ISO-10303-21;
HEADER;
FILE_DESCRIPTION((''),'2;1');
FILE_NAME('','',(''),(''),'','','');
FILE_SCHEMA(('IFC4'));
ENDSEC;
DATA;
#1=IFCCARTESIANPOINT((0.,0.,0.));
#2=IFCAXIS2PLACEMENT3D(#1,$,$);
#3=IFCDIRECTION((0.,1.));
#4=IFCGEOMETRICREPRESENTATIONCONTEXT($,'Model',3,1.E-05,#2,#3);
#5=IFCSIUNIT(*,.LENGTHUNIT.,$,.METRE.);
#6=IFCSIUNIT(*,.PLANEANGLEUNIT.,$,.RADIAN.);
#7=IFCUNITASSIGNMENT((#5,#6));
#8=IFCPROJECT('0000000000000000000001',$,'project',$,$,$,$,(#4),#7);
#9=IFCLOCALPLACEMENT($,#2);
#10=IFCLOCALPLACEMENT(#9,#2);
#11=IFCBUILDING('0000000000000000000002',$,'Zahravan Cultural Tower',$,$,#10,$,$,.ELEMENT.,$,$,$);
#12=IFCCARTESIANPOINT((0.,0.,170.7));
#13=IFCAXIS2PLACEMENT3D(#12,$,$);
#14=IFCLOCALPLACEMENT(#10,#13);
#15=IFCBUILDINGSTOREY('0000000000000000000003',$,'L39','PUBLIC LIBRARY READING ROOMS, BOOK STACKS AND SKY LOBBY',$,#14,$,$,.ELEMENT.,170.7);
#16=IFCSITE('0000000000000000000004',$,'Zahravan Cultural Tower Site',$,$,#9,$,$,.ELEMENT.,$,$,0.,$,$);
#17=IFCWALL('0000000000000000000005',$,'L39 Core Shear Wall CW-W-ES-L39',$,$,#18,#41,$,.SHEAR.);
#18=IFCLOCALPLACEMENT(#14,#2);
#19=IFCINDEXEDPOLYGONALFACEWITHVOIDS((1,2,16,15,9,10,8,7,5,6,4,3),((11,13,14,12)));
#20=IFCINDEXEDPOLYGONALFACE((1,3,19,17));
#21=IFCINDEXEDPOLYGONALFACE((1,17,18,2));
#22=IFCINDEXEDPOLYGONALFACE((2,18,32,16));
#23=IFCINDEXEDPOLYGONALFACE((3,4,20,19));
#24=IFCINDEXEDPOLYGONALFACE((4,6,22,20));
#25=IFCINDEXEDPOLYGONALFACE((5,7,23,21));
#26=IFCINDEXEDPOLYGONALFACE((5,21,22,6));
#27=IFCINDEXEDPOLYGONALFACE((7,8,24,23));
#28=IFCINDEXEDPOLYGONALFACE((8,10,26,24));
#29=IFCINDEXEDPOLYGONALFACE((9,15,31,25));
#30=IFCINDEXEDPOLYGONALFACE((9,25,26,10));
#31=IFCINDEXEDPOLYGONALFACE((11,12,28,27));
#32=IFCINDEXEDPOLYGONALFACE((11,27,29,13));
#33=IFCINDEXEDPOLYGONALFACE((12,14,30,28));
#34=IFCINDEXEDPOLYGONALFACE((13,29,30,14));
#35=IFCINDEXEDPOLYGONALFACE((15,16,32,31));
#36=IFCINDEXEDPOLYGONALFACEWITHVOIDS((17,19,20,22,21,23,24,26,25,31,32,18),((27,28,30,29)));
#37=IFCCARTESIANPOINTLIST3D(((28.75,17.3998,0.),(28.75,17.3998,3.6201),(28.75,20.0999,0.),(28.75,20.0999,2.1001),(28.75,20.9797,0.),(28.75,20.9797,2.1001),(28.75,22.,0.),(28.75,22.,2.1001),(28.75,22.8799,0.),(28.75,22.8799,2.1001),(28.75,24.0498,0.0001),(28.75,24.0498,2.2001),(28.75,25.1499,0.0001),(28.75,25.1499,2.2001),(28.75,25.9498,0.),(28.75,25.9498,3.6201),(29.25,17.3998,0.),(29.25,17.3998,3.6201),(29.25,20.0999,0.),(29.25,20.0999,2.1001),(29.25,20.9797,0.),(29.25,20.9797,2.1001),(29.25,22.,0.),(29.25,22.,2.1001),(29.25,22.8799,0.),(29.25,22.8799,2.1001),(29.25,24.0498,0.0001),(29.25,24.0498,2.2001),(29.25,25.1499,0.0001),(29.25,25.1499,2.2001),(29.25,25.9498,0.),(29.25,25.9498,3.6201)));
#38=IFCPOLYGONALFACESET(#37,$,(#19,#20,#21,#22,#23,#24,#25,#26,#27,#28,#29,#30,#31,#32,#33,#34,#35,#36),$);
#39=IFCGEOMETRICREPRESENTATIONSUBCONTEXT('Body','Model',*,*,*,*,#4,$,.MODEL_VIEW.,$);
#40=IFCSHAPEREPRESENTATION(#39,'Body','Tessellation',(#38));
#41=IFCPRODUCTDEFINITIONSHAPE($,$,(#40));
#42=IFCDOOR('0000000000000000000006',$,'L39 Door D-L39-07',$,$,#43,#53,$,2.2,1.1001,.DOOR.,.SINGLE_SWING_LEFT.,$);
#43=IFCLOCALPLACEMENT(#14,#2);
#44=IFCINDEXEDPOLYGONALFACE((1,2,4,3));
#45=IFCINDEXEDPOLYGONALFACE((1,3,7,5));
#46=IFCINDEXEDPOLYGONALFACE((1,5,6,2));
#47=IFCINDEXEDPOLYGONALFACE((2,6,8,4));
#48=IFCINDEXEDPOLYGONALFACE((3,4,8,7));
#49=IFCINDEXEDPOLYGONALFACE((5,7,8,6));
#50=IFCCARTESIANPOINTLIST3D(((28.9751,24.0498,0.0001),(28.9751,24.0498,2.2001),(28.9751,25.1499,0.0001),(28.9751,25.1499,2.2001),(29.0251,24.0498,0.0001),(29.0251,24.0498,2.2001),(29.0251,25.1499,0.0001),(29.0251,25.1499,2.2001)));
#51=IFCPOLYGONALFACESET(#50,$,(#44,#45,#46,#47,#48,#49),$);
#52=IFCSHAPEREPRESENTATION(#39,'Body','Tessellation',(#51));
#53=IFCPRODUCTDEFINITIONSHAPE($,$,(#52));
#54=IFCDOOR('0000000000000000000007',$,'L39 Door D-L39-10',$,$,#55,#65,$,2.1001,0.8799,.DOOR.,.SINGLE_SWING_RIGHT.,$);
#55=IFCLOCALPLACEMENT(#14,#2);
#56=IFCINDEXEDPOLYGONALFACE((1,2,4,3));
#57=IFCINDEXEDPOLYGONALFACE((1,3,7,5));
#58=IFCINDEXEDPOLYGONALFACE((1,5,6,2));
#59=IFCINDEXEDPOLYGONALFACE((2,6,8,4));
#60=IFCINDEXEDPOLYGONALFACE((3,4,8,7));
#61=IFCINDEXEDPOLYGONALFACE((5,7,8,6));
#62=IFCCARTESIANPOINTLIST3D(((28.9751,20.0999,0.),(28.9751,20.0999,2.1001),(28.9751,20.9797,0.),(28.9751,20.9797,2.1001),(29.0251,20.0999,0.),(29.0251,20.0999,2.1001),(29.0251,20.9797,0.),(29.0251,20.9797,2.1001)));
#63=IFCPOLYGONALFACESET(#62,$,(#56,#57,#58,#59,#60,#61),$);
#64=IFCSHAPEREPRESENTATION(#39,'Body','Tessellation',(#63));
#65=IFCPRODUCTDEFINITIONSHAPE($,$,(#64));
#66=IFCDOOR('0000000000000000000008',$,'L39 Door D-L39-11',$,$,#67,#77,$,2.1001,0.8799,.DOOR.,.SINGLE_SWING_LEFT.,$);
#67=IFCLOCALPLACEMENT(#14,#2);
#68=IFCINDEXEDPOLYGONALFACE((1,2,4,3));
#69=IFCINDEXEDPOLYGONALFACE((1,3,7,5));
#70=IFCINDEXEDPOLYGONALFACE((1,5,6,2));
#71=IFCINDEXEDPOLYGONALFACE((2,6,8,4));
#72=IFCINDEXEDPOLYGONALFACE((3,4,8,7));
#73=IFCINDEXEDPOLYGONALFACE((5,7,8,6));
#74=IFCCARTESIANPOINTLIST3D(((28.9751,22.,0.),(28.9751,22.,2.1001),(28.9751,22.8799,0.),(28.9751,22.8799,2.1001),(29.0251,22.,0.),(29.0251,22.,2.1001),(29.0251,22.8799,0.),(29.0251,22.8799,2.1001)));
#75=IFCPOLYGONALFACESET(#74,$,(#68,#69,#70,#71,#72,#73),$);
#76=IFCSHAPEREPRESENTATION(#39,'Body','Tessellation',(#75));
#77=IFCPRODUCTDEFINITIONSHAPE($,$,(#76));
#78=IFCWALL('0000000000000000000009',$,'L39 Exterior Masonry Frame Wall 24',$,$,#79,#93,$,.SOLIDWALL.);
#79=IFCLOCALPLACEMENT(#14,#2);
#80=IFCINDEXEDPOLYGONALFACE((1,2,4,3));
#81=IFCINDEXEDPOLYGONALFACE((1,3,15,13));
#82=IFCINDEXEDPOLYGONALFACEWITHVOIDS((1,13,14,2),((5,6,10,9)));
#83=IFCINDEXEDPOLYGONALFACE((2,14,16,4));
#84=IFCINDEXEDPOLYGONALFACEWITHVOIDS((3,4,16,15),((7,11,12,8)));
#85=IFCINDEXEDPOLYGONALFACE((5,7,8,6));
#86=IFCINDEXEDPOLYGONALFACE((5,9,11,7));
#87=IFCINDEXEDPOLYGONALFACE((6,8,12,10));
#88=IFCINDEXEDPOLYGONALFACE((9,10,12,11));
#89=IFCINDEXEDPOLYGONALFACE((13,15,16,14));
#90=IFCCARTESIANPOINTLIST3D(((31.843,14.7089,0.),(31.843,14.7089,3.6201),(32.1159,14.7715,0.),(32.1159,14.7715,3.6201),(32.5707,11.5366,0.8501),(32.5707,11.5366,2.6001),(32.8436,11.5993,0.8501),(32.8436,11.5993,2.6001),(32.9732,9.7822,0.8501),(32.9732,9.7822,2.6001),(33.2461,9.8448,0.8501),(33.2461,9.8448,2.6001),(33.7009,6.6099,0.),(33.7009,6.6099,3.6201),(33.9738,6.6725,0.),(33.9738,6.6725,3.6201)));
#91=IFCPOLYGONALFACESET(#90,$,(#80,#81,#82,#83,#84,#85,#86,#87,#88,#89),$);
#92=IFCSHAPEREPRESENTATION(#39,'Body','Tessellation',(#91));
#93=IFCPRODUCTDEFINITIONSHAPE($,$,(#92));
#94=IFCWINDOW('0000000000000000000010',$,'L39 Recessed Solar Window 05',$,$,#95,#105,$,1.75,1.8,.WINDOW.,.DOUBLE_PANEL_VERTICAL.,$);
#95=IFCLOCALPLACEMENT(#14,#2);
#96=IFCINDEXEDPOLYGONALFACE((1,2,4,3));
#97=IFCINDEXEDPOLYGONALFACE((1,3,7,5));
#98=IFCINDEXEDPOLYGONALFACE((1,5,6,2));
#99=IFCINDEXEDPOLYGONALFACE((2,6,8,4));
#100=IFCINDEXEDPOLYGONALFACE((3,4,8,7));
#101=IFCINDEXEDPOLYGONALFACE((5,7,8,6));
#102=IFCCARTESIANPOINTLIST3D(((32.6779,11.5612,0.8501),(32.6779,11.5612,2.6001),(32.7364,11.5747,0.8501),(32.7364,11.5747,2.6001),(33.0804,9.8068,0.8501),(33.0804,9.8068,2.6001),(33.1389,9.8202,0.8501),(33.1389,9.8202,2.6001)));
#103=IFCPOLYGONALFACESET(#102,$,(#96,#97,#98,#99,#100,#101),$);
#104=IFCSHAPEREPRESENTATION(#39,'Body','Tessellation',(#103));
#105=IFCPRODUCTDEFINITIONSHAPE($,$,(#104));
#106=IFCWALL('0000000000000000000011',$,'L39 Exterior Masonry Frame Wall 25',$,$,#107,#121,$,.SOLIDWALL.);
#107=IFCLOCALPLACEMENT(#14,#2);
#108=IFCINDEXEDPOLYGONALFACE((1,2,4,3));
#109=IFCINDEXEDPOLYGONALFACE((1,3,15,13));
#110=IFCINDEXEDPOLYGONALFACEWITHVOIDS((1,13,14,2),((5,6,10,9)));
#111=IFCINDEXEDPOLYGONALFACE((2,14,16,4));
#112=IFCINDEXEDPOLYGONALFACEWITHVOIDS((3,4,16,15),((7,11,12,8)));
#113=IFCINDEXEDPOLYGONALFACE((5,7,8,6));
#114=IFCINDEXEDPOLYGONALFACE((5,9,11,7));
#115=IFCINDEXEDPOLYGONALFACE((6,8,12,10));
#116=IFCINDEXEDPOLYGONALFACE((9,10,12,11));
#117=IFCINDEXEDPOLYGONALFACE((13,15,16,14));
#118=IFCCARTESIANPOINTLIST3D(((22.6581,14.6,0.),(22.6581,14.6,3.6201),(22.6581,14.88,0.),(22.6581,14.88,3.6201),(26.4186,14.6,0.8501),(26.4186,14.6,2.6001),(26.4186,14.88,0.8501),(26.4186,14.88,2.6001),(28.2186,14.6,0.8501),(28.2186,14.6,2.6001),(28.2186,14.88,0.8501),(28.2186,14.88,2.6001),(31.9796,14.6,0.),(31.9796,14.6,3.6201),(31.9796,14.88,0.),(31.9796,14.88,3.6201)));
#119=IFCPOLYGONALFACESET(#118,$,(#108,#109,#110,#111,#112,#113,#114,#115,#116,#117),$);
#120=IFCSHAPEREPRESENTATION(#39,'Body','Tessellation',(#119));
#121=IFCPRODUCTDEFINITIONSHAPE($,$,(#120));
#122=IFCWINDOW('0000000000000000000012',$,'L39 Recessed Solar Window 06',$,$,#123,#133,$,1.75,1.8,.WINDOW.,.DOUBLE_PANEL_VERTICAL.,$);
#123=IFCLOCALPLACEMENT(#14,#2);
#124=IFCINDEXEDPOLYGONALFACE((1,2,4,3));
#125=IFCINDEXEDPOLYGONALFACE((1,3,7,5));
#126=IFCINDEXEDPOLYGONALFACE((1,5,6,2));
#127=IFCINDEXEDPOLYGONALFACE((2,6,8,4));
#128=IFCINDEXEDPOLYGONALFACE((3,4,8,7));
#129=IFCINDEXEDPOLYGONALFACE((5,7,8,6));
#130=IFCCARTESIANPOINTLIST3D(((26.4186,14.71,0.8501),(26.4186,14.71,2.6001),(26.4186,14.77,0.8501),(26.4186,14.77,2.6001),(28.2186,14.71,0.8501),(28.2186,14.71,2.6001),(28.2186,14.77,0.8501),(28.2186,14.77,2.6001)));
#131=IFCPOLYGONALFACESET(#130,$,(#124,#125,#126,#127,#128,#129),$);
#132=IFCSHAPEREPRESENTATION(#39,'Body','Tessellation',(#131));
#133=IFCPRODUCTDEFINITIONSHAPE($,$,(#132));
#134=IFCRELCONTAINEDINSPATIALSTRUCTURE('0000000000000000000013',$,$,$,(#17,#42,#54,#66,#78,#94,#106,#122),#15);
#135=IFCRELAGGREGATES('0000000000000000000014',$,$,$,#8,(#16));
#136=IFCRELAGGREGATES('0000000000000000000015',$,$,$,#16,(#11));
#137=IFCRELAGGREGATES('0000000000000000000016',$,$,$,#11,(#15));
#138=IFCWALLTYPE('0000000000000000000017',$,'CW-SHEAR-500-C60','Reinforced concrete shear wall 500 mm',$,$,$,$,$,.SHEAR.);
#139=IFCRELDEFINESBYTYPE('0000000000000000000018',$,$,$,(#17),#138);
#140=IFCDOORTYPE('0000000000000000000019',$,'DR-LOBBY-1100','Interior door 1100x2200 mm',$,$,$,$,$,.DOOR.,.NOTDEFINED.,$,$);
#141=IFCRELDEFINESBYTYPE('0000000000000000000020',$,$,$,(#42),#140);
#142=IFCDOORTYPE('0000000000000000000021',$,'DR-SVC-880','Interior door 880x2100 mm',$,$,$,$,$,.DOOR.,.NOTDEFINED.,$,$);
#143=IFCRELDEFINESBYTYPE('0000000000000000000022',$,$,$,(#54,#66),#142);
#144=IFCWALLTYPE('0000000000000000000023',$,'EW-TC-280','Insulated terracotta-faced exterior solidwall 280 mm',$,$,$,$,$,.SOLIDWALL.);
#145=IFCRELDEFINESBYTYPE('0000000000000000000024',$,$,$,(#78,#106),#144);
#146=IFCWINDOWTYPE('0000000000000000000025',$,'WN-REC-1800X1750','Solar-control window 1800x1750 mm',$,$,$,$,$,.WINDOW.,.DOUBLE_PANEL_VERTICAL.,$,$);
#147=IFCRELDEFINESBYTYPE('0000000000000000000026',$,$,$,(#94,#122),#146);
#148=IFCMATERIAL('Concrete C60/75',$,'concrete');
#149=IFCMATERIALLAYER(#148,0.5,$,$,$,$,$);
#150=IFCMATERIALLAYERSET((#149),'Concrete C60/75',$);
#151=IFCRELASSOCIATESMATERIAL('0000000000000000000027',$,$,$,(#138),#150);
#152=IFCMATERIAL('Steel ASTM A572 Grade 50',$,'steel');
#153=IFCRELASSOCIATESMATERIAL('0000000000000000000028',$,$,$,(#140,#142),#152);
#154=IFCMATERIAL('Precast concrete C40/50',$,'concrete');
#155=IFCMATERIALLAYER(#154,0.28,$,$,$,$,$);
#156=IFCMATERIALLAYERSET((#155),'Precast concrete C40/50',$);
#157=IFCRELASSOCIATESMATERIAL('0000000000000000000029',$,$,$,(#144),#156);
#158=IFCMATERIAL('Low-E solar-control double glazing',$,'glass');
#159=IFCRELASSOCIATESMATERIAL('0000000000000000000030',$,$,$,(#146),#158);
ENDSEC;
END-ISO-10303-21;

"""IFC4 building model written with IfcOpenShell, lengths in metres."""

from ifc_helpers import new_model, si_unit, direction, frame, frame_2d, origin, place, context, subcontext, project, spatial, rectangle, extrude, source, transform, mapped, material, layer, layer_set, type_object, element, fill, save


model = new_model("IFC4")

# Units and contexts
model_context = context("Model", 3, precision=1e-05, world=origin(), true_north=direction((0.0, 1.0)))
body_context = subcontext(model_context, "Body", "Model", "MODEL_VIEW")
ifc_project = project(units=[si_unit("LENGTHUNIT", "METRE"), si_unit("PLANEANGLEUNIT", "RADIAN")], contexts=[model_context])

# Site, building, storey
site_placement = place(None, origin())
site = spatial("IfcSite", under=ifc_project, at=site_placement, Name="Zahravan Cultural Tower Site", CompositionType="ELEMENT", RefElevation=0.0)
building_placement = place(site_placement, origin())
building = spatial("IfcBuilding", under=site, at=building_placement, Name="Zahravan Cultural Tower", CompositionType="ELEMENT")
storey_placement = place(building_placement, frame((0.0, 0.0, 170.7)))
storey = spatial("IfcBuildingStorey", under=building, at=storey_placement, Name="L39", Description="PUBLIC LIBRARY READING ROOMS, BOOK STACKS AND SKY LOBBY", CompositionType="ELEMENT", Elevation=170.7)

# Wall, openings, doors
ifc_material_1 = material(Name="Concrete C60/75", Category="concrete")
ifc_layer_1 = layer(ifc_material_1, 0.5)
ifc_layer_set_1 = layer_set([ifc_layer_1], Name="Concrete C60/75")
wall_type_1 = type_object("IfcWallType", Name="CW-SHEAR-500-C60", Description="Reinforced concrete shear wall 500 mm", PredefinedType="SHEAR", material=ifc_layer_set_1)
wall_1_placement = place(storey_placement, frame((29.0, 17.3999, 0.0), z_axis=(0.0, 0.0, 1.0), x_axis=(0.0, 1.0, 0.0)))
wall_1 = element("IfcWall", 1, at=wall_1_placement, inside=storey, type_object=wall_type_1, Name="L39 Core Shear Wall CW-W-ES-L39", PredefinedType="SHEAR", context=body_context, shape_type="SweptSolid", body=[
    extrude(rectangle(XDim=8.55, YDim=0.5, at=frame_2d((4.2749, 0.0))), origin(), (0.0, 0.0, 1.0), 3.6201),
])
opening_1_placement = place(wall_1_placement, frame((6.6499, 0.0, 0.0)))
opening_1 = element("IfcOpeningElement", 2, at=opening_1_placement, cuts=wall_1, PredefinedType="OPENING", context=body_context, shape_type="SweptSolid", body=[
    extrude(rectangle(XDim=1.1001, YDim=2.2, at=frame_2d((0.55, 1.1001))), frame((0.0, 0.26, 0.0), z_axis=(0.0, -1.0, 0.0), x_axis=(1.0, 0.0, 0.0)), (0.0, 0.0, 1.0), 0.52),
])
opening_2_placement = place(wall_1_placement, frame((2.7, 0.0, 0.0)))
opening_2 = element("IfcOpeningElement", 3, at=opening_2_placement, cuts=wall_1, PredefinedType="OPENING", context=body_context, shape_type="SweptSolid", body=[
    extrude(rectangle(XDim=0.8799, YDim=2.1001, at=frame_2d((0.4399, 1.05))), frame((0.0, 0.26, 0.0), z_axis=(0.0, -1.0, 0.0), x_axis=(1.0, 0.0, 0.0)), (0.0, 0.0, 1.0), 0.52),
])
opening_3_placement = place(wall_1_placement, frame((4.6001, 0.0, 0.0)))
opening_3 = element("IfcOpeningElement", 4, at=opening_3_placement, cuts=wall_1, PredefinedType="OPENING", context=body_context, shape_type="SweptSolid", body=[
    extrude(rectangle(XDim=0.8799, YDim=2.1001, at=frame_2d((0.4399, 1.05))), frame((0.0, 0.26, 0.0), z_axis=(0.0, -1.0, 0.0), x_axis=(1.0, 0.0, 0.0)), (0.0, 0.0, 1.0), 0.52),
])
ifc_material_2 = material(Name="Steel ASTM A572 Grade 50", Category="steel")
door_type_1 = type_object("IfcDoorType", Name="DR-LOBBY-1100", Description="Interior door 1100x2200 mm", OperationType="NOTDEFINED", PredefinedType="DOOR", material=ifc_material_2)
shared_shape_1 = source(origin(), body_context, "Body", "SweptSolid", [
    extrude(rectangle(XDim=1.1001, YDim=2.2, at=frame_2d((0.55, 1.1001))), frame((0.0, 0.0249, 0.0), z_axis=(0.0, -1.0, 0.0), x_axis=(1.0, 0.0, 0.0)), (0.0, 0.0, 1.0), 0.05),
])
door_1_placement = place(opening_1_placement, origin())
door_1 = element("IfcDoor", 5, at=door_1_placement, inside=storey, type_object=door_type_1, Name="L39 Door D-L39-07", OperationType="SINGLE_SWING_LEFT", OverallHeight=2.2, OverallWidth=1.1001, PredefinedType="DOOR", context=body_context, shape_type="MappedRepresentation", body=[
    mapped(shared_shape_1, transform((0.0, 0.0, 0.0), x_axis=(1.0, 0.0, 0.0), y_axis=(0.0, 1.0, 0.0), z_axis=(0.0, 0.0, 1.0), scale=1.0)),
])
fill(opening_1, door_1)
door_type_2 = type_object("IfcDoorType", Name="DR-SVC-880", Description="Interior door 880x2100 mm", OperationType="NOTDEFINED", PredefinedType="DOOR", material=ifc_material_2)
shared_shape_2 = source(origin(), body_context, "Body", "SweptSolid", [
    extrude(rectangle(XDim=0.8799, YDim=2.1001, at=frame_2d((0.4399, 1.05))), frame((0.0, 0.0249, 0.0), z_axis=(0.0, -1.0, 0.0), x_axis=(1.0, 0.0, 0.0)), (0.0, 0.0, 1.0), 0.05),
])
door_2_placement = place(opening_2_placement, origin())
door_2 = element("IfcDoor", 6, at=door_2_placement, inside=storey, type_object=door_type_2, Name="L39 Door D-L39-10", OperationType="SINGLE_SWING_RIGHT", OverallHeight=2.1001, OverallWidth=0.8799, PredefinedType="DOOR", context=body_context, shape_type="MappedRepresentation", body=[
    mapped(shared_shape_2, transform((0.0, 0.0, 0.0), x_axis=(1.0, 0.0, 0.0), y_axis=(0.0, 1.0, 0.0), z_axis=(0.0, 0.0, 1.0), scale=1.0)),
])
fill(opening_2, door_2)
door_3_placement = place(opening_3_placement, origin())
door_3 = element("IfcDoor", 7, at=door_3_placement, inside=storey, type_object=door_type_2, Name="L39 Door D-L39-11", OperationType="SINGLE_SWING_LEFT", OverallHeight=2.1001, OverallWidth=0.8799, PredefinedType="DOOR", context=body_context, shape_type="MappedRepresentation", body=[
    mapped(shared_shape_2, transform((0.0, 0.0, 0.0), x_axis=(1.0, 0.0, 0.0), y_axis=(0.0, 1.0, 0.0), z_axis=(0.0, 0.0, 1.0), scale=1.0)),
])
fill(opening_3, door_3)

# Walls, openings, windows
ifc_material_3 = material(Name="Precast concrete C40/50", Category="concrete")
ifc_layer_2 = layer(ifc_material_3, 0.28)
ifc_layer_set_2 = layer_set([ifc_layer_2], Name="Precast concrete C40/50")
wall_type_2 = type_object("IfcWallType", Name="EW-TC-280", Description="Insulated terracotta-faced exterior solidwall 280 mm", PredefinedType="SOLIDWALL", material=ifc_layer_set_2)
wall_2_placement = place(storey_placement, frame((33.8374, 6.6411, 0.0), z_axis=(0.0, 0.0, 1.0), x_axis=(-0.223595, 0.974682, 0.0)))
wall_2 = element("IfcWall", 8, at=wall_2_placement, inside=storey, type_object=wall_type_2, Name="L39 Exterior Masonry Frame Wall 24", PredefinedType="SOLIDWALL", context=body_context, shape_type="SweptSolid", body=[
    extrude(rectangle(XDim=8.3093, YDim=0.28, at=frame_2d((4.1548, 0.0))), origin(), (0.0, 0.0, 1.0), 3.6201),
])
opening_4_placement = place(wall_2_placement, frame((3.2549, 0.0, 0.8501)))
opening_4 = element("IfcOpeningElement", 9, at=opening_4_placement, cuts=wall_2, PredefinedType="OPENING", context=body_context, shape_type="SweptSolid", body=[
    extrude(rectangle(XDim=1.8, YDim=1.75, at=frame_2d((0.8999, 0.875))), frame((0.0, 0.1499, 0.0), z_axis=(0.0, -1.0, 0.0), x_axis=(1.0, 0.0, 0.0)), (0.0, 0.0, 1.0), 0.3),
])
ifc_material_4 = material(Name="Low-E solar-control double glazing", Category="glass")
window_type = type_object("IfcWindowType", Name="WN-REC-1800X1750", Description="Solar-control window 1800x1750 mm", PartitioningType="DOUBLE_PANEL_VERTICAL", PredefinedType="WINDOW", material=ifc_material_4)
shared_shape_3 = source(origin(), body_context, "Body", "SweptSolid", [
    extrude(rectangle(XDim=1.8, YDim=1.75, at=frame_2d((0.8999, 0.875))), frame((0.0, 0.03, 0.0), z_axis=(0.0, -1.0, 0.0), x_axis=(1.0, 0.0, 0.0)), (0.0, 0.0, 1.0), 0.0601),
])
window_1_placement = place(opening_4_placement, origin())
window_1 = element("IfcWindow", 10, at=window_1_placement, inside=storey, type_object=window_type, Name="L39 Recessed Solar Window 05", OverallHeight=1.75, OverallWidth=1.8, PartitioningType="DOUBLE_PANEL_VERTICAL", PredefinedType="WINDOW", context=body_context, shape_type="MappedRepresentation", body=[
    mapped(shared_shape_3, transform((0.0, 0.0, 0.0), x_axis=(1.0, 0.0, 0.0), y_axis=(0.0, 1.0, 0.0), z_axis=(0.0, 0.0, 1.0), scale=1.0)),
])
fill(opening_4, window_1)
wall_3_placement = place(storey_placement, frame((31.9795, 14.74, 0.0), z_axis=(0.0, 0.0, 1.0), x_axis=(-1.0, 0.0, 0.0)))
wall_3 = element("IfcWall", 11, at=wall_3_placement, inside=storey, type_object=wall_type_2, Name="L39 Exterior Masonry Frame Wall 25", PredefinedType="SOLIDWALL", context=body_context, shape_type="SweptSolid", body=[
    extrude(rectangle(XDim=9.3215, YDim=0.28, at=frame_2d((4.6606, 0.0))), origin(), (0.0, 0.0, 1.0), 3.6201),
])
opening_5_placement = place(wall_3_placement, frame((3.761, 0.0, 0.8501)))
opening_5 = element("IfcOpeningElement", 12, at=opening_5_placement, cuts=wall_3, PredefinedType="OPENING", context=body_context, shape_type="SweptSolid", body=[
    extrude(rectangle(XDim=1.8, YDim=1.75, at=frame_2d((0.8999, 0.875))), frame((0.0, 0.1499, 0.0), z_axis=(0.0, -1.0, 0.0), x_axis=(1.0, 0.0, 0.0)), (0.0, 0.0, 1.0), 0.3),
])
window_2_placement = place(opening_5_placement, origin())
window_2 = element("IfcWindow", 13, at=window_2_placement, inside=storey, type_object=window_type, Name="L39 Recessed Solar Window 06", OverallHeight=1.75, OverallWidth=1.8, PartitioningType="DOUBLE_PANEL_VERTICAL", PredefinedType="WINDOW", context=body_context, shape_type="MappedRepresentation", body=[
    mapped(shared_shape_3, transform((0.0, 0.0, 0.0), x_axis=(1.0, 0.0, 0.0), y_axis=(0.0, 1.0, 0.0), z_axis=(0.0, 0.0, 1.0), scale=1.0)),
])
fill(opening_5, window_2)

save(model, "model.ifc")
